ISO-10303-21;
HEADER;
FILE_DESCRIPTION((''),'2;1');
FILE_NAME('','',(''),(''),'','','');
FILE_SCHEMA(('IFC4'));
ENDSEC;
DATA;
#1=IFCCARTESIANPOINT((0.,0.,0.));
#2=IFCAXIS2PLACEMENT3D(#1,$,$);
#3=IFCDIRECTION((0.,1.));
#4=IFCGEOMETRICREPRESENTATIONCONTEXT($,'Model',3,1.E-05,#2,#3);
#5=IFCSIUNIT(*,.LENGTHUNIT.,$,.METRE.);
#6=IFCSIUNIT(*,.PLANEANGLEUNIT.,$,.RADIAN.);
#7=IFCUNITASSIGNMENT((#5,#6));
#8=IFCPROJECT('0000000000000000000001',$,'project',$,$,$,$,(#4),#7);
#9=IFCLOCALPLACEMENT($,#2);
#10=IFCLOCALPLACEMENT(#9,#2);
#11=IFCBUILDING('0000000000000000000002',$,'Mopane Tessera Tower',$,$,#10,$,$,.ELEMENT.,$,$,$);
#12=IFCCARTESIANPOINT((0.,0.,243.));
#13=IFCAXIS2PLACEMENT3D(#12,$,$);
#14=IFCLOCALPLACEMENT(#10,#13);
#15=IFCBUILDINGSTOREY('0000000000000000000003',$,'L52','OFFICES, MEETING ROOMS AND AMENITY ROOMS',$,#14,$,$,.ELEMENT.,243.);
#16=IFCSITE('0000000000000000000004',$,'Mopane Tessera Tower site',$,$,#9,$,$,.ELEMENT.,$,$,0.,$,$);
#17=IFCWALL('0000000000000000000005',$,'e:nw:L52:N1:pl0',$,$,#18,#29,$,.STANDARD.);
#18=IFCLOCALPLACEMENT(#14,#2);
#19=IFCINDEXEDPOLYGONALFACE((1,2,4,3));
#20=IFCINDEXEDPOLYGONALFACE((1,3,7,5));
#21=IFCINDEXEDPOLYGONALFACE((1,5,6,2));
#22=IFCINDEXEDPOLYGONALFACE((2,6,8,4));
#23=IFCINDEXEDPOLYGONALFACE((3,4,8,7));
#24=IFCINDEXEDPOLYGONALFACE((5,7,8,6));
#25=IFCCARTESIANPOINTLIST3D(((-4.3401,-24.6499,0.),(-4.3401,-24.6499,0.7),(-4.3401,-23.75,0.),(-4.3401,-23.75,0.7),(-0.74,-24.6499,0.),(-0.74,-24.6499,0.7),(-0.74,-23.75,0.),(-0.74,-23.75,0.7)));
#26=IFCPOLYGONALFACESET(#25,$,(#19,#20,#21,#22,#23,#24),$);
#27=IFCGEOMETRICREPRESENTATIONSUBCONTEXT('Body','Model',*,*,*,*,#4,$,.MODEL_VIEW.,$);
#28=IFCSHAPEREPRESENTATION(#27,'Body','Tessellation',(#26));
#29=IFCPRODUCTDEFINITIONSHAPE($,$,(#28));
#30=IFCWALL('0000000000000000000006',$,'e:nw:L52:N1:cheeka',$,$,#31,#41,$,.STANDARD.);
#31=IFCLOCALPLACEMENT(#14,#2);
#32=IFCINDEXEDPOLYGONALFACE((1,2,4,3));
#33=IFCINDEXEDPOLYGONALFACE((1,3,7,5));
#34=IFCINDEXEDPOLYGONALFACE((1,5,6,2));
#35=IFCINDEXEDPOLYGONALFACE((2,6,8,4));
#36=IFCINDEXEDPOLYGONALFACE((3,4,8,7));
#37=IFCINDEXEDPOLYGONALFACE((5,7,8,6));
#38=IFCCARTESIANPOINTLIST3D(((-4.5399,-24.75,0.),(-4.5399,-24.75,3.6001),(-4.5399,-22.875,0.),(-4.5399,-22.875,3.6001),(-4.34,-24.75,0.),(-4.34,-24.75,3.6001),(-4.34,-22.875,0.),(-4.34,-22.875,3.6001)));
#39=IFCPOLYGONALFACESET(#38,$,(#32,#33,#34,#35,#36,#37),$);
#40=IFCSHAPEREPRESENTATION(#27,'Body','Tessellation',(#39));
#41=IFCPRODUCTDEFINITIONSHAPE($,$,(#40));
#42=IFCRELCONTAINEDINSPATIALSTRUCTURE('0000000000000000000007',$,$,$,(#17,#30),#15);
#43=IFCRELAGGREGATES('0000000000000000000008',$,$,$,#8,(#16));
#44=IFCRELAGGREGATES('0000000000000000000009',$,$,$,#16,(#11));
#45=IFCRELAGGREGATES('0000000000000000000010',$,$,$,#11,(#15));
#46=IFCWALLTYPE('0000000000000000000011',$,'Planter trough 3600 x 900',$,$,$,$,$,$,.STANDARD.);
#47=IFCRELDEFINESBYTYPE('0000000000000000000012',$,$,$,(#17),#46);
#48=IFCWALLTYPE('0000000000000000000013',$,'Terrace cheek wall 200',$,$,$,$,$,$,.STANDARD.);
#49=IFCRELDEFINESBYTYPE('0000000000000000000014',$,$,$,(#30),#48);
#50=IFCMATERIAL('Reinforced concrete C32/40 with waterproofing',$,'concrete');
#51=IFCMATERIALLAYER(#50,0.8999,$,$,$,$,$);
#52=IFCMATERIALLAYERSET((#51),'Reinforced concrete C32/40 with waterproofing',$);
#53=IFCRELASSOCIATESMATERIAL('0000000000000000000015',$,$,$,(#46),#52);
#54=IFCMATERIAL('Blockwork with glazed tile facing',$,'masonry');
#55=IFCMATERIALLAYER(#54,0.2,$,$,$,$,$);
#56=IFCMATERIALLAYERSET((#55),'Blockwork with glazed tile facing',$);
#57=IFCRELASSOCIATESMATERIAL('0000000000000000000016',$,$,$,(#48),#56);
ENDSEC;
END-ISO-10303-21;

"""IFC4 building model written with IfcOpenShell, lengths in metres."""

from ifc_helpers import new_model, si_unit, direction, frame, frame_2d, origin, place, context, subcontext, project, spatial, rectangle, extrude, material, layer, layer_set, type_object, element, save


model = new_model("IFC4")

# Units and contexts
model_context = context("Model", 3, precision=1e-05, world=origin(), true_north=direction((0.0, 1.0)))
body_context = subcontext(model_context, "Body", "Model", "MODEL_VIEW")
ifc_project = project(units=[si_unit("LENGTHUNIT", "METRE"), si_unit("PLANEANGLEUNIT", "RADIAN")], contexts=[model_context])

# Site, building, storey
site_placement = place(None, origin())
site = spatial("IfcSite", under=ifc_project, at=site_placement, Name="Mopane Tessera Tower site", CompositionType="ELEMENT", RefElevation=0.0)
building_placement = place(site_placement, origin())
building = spatial("IfcBuilding", under=site, at=building_placement, Name="Mopane Tessera Tower", CompositionType="ELEMENT")
storey_placement = place(building_placement, frame((0.0, 0.0, 243.0)))
storey = spatial("IfcBuildingStorey", under=building, at=storey_placement, Name="L52", Description="OFFICES, MEETING ROOMS AND AMENITY ROOMS", CompositionType="ELEMENT", Elevation=243.0)

# Walls
ifc_material_1 = material(Name="Reinforced concrete C32/40 with waterproofing", Category="concrete")
ifc_layer_1 = layer(ifc_material_1, 0.8999)
ifc_layer_set_1 = layer_set([ifc_layer_1], Name="Reinforced concrete C32/40 with waterproofing")
wall_type_1 = type_object("IfcWallType", Name="Planter trough 3600 x 900", PredefinedType="STANDARD", material=ifc_layer_set_1)
wall_1_placement = place(storey_placement, frame((-4.3401, -24.2, 0.0), z_axis=(0.0, 0.0, 1.0), x_axis=(1.0, 0.0, 0.0)))
element("IfcWall", 1, at=wall_1_placement, inside=storey, type_object=wall_type_1, Name="e:nw:L52:N1:pl0", PredefinedType="STANDARD", context=body_context, shape_type="SweptSolid", body=[
    extrude(rectangle(XDim=3.6001, YDim=0.8999, at=frame_2d((1.8, 0.0))), origin(), (0.0, 0.0, 1.0), 0.7),
])
ifc_material_2 = material(Name="Blockwork with glazed tile facing", Category="masonry")
ifc_layer_2 = layer(ifc_material_2, 0.2)
ifc_layer_set_2 = layer_set([ifc_layer_2], Name="Blockwork with glazed tile facing")
wall_type_2 = type_object("IfcWallType", Name="Terrace cheek wall 200", PredefinedType="STANDARD", material=ifc_layer_set_2)
wall_2_placement = place(storey_placement, frame((-4.4399, -24.75, 0.0), z_axis=(0.0, 0.0, 1.0), x_axis=(0.0, 1.0, 0.0)))
element("IfcWall", 2, at=wall_2_placement, inside=storey, type_object=wall_type_2, Name="e:nw:L52:N1:cheeka", PredefinedType="STANDARD", context=body_context, shape_type="SweptSolid", body=[
    extrude(rectangle(XDim=1.875, YDim=0.2, at=frame_2d((0.9375, 0.0))), origin(), (0.0, 0.0, 1.0), 3.6001),
])

save(model, "model.ifc")
